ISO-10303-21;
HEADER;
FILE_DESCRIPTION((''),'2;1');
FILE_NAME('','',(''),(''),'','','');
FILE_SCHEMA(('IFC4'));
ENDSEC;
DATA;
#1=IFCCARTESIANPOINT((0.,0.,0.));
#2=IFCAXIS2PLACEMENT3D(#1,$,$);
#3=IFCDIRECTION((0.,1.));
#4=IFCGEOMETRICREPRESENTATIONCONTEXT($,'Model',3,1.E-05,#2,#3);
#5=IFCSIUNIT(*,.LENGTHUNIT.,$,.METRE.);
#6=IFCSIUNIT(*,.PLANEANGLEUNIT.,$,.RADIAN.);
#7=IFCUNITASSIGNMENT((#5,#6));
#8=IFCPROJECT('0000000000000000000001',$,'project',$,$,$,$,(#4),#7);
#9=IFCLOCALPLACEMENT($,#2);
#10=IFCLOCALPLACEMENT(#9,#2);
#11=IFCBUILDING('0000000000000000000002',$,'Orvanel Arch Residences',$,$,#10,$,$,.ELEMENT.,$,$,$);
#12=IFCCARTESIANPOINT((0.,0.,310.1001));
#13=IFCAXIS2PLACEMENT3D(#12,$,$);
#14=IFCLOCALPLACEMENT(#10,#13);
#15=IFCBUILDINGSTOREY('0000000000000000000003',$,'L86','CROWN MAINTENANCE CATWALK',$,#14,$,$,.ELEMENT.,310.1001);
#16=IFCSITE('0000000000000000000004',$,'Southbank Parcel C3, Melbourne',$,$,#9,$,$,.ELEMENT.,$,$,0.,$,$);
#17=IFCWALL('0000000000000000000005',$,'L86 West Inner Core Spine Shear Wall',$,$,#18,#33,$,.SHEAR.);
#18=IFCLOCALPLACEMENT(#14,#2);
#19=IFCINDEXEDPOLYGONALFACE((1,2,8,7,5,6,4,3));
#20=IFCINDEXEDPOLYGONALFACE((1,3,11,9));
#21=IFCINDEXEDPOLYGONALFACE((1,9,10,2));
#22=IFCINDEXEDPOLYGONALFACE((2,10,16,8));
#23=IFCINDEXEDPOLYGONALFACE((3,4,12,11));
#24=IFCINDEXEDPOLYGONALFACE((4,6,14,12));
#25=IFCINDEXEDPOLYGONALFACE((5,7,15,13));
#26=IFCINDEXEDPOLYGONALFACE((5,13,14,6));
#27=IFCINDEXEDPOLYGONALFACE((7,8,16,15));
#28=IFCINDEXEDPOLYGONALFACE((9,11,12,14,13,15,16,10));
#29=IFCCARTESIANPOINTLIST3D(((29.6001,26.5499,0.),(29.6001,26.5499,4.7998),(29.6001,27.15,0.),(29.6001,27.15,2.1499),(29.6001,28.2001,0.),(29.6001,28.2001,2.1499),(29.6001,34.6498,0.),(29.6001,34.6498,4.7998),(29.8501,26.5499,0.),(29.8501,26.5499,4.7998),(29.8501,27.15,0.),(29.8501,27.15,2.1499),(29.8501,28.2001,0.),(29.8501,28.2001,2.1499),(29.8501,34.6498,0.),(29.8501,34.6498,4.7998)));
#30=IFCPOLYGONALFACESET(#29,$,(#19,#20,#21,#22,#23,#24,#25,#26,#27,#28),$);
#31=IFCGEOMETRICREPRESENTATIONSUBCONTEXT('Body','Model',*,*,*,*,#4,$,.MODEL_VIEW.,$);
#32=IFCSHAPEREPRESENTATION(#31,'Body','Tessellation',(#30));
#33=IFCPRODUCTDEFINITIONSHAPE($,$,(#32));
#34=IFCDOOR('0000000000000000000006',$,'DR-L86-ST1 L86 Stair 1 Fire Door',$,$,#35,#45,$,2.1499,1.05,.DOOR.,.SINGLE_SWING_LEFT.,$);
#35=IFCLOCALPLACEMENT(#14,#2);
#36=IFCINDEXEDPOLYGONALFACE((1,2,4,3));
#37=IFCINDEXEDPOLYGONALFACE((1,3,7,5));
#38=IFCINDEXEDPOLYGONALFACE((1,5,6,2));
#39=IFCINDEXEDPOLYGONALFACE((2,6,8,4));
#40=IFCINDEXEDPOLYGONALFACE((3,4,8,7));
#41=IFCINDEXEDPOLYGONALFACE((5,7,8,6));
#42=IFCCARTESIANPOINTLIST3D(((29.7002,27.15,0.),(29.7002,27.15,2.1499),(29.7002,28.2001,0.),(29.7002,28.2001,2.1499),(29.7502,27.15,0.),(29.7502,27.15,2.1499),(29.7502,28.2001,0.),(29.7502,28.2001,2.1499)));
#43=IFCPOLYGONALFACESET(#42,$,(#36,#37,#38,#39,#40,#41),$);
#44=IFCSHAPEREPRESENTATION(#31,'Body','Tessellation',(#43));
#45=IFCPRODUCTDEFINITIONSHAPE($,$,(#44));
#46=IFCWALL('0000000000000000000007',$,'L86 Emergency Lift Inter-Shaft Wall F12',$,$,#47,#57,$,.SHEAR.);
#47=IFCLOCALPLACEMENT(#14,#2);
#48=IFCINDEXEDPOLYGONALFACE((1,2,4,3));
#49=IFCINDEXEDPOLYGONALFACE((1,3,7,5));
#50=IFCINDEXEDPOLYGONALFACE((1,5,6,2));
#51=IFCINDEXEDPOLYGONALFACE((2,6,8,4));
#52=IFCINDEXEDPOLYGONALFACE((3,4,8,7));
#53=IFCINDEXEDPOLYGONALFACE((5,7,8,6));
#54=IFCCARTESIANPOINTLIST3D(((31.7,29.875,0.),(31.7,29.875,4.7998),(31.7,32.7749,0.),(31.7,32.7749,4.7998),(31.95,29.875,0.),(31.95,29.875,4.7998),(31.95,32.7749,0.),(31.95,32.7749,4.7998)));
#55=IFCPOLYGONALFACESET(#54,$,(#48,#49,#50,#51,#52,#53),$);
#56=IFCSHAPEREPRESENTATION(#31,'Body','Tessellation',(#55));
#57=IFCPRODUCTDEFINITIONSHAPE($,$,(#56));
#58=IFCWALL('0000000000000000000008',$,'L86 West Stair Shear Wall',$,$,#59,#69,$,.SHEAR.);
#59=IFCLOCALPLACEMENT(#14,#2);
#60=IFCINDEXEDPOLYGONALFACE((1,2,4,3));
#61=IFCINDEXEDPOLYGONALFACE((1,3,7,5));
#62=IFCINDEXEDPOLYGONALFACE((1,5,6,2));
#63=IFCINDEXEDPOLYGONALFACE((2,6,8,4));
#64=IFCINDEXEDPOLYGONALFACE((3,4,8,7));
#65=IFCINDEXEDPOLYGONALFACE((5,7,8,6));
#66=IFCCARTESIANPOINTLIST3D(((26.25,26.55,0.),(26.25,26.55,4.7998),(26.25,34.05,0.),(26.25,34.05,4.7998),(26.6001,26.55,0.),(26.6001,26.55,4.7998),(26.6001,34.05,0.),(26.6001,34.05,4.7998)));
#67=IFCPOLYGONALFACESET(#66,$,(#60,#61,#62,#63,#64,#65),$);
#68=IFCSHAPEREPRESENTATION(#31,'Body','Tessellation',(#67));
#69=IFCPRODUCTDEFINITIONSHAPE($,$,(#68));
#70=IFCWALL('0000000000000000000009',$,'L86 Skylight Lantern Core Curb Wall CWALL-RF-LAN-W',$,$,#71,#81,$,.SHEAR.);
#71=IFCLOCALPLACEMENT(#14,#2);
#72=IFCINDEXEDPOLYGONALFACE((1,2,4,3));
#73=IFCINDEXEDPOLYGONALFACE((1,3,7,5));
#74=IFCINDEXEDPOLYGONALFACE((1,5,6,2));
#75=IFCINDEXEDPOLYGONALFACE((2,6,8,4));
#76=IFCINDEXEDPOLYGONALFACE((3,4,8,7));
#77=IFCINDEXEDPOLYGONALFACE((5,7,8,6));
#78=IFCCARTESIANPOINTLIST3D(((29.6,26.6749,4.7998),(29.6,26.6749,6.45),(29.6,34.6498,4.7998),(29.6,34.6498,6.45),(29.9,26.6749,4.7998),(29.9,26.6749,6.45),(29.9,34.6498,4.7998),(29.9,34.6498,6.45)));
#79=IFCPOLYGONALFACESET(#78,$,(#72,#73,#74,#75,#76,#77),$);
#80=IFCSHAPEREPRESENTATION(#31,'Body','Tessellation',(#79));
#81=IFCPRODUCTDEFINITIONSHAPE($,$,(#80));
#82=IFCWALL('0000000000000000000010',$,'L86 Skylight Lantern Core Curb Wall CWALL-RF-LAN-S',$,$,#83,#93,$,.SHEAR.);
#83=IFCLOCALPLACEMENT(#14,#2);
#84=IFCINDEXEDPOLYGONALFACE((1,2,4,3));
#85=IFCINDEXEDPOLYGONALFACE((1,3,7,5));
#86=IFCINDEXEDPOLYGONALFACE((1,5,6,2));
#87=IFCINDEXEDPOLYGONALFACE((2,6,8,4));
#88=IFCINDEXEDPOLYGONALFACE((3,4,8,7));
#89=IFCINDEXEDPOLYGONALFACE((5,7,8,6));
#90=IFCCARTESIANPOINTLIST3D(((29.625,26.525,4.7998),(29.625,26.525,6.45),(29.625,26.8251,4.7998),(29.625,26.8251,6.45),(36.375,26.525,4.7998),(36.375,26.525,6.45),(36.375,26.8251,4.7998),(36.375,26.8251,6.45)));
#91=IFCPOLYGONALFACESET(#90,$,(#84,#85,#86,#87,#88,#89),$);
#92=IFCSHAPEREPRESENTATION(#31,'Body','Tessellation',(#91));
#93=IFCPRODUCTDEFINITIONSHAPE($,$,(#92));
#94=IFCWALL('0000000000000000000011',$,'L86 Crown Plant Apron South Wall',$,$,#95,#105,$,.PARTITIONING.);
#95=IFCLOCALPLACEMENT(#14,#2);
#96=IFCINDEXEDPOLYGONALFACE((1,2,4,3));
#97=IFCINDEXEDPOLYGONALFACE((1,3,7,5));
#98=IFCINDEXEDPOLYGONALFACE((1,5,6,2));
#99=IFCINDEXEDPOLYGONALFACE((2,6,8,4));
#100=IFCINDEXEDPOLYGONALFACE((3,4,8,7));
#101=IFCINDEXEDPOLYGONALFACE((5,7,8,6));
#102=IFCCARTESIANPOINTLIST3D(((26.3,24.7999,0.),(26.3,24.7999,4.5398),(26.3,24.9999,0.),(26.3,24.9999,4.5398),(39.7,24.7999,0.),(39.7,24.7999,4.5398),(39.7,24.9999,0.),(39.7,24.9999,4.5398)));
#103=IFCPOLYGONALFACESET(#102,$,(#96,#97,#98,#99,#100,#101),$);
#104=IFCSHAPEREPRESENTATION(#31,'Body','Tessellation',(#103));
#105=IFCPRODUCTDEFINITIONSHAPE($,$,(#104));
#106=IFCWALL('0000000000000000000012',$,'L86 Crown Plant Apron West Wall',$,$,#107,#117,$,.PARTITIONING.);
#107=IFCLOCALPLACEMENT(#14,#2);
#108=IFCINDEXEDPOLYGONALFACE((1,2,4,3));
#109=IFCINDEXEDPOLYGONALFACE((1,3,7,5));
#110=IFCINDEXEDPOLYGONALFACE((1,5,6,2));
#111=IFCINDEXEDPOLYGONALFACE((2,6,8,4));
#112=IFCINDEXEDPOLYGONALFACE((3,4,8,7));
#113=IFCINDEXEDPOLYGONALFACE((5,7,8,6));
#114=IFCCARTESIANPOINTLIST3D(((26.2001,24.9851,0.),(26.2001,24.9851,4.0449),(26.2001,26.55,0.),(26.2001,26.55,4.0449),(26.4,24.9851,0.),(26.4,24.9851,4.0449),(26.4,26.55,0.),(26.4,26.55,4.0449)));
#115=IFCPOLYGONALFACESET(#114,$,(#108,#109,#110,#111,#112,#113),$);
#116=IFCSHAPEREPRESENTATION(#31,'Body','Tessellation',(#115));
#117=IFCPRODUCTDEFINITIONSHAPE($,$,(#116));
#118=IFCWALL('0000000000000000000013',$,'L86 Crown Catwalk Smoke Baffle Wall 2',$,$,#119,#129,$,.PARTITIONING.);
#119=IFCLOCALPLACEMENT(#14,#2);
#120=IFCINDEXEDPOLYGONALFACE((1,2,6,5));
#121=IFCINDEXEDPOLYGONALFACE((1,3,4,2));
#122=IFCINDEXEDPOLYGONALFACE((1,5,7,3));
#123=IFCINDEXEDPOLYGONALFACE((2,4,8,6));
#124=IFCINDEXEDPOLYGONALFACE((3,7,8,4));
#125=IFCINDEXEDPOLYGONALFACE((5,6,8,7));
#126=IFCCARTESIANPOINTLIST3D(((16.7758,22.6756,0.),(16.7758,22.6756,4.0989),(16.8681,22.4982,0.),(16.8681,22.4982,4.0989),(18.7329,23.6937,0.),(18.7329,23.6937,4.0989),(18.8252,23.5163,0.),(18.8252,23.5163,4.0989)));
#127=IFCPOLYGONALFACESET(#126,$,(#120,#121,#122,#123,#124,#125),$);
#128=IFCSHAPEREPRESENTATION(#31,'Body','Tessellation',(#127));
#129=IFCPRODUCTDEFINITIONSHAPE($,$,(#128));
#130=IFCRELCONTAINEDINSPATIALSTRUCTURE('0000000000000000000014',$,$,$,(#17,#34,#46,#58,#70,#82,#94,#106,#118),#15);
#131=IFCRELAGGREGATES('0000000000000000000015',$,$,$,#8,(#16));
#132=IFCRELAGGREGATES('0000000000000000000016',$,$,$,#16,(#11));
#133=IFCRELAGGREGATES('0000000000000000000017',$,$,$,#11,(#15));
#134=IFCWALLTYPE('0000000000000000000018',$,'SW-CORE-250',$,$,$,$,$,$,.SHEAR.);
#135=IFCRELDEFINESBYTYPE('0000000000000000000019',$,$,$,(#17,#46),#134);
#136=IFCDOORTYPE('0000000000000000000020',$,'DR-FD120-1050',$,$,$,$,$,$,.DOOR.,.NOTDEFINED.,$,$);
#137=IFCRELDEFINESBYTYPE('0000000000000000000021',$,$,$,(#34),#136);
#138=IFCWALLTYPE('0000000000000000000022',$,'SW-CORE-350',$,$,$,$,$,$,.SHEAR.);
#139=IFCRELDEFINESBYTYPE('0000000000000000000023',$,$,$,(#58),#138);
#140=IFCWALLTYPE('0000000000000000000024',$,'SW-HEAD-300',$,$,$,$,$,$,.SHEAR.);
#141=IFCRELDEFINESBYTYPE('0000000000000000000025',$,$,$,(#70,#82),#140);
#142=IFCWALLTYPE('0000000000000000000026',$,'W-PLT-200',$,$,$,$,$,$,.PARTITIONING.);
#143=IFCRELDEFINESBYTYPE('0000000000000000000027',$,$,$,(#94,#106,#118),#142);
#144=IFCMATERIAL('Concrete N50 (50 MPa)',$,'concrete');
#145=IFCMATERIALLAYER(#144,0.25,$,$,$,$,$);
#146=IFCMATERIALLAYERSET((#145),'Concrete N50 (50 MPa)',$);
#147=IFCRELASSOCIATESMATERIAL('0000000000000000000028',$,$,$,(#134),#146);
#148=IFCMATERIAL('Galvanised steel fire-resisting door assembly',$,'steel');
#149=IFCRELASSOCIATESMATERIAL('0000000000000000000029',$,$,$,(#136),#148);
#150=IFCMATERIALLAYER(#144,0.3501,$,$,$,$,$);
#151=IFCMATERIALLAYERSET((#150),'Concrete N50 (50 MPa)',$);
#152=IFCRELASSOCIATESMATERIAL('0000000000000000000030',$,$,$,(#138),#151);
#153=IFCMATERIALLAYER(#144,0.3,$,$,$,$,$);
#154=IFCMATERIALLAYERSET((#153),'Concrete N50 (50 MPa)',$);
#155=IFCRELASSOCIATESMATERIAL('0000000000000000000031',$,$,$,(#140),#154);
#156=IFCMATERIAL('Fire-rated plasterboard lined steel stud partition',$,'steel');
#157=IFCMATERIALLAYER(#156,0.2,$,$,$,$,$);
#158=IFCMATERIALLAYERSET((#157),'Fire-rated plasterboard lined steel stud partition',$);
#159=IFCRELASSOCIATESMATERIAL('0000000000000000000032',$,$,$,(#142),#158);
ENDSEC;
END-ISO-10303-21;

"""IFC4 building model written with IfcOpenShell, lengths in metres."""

from ifc_helpers import new_model, si_unit, direction, frame, frame_2d, origin, place, context, subcontext, project, spatial, rectangle, extrude, material, layer, layer_set, type_object, element, fill, save


model = new_model("IFC4")

# Units and contexts
model_context = context("Model", 3, precision=1e-05, world=origin(), true_north=direction((0.0, 1.0)))
body_context = subcontext(model_context, "Body", "Model", "MODEL_VIEW")
ifc_project = project(units=[si_unit("LENGTHUNIT", "METRE"), si_unit("PLANEANGLEUNIT", "RADIAN")], contexts=[model_context])

# Site, building, storey
site_placement = place(None, origin())
site = spatial("IfcSite", under=ifc_project, at=site_placement, Name="Southbank Parcel C3, Melbourne", CompositionType="ELEMENT", RefElevation=0.0)
building_placement = place(site_placement, origin())
building = spatial("IfcBuilding", under=site, at=building_placement, Name="Orvanel Arch Residences", CompositionType="ELEMENT")
storey_placement = place(building_placement, frame((0.0, 0.0, 310.1001)))
storey = spatial("IfcBuildingStorey", under=building, at=storey_placement, Name="L86", Description="CROWN MAINTENANCE CATWALK", CompositionType="ELEMENT", Elevation=310.1001)

# Wall, opening, door
ifc_material_1 = material(Name="Concrete N50 (50 MPa)", Category="concrete")
ifc_layer_1 = layer(ifc_material_1, 0.25)
ifc_layer_set_1 = layer_set([ifc_layer_1], Name="Concrete N50 (50 MPa)")
wall_type_1 = type_object("IfcWallType", Name="SW-CORE-250", PredefinedType="SHEAR", material=ifc_layer_set_1)
wall_1_placement = place(storey_placement, frame((29.7251, 26.55, 0.0), z_axis=(0.0, 0.0, 1.0), x_axis=(0.0, 1.0, 0.0)))
wall_1 = element("IfcWall", 1, at=wall_1_placement, inside=storey, type_object=wall_type_1, Name="L86 West Inner Core Spine Shear Wall", PredefinedType="SHEAR", context=body_context, shape_type="SweptSolid", body=[
    extrude(rectangle(XDim=8.0999, YDim=0.25, at=frame_2d((4.0498, 0.0))), origin(), (0.0, 0.0, 1.0), 4.7998),
])
opening_1_placement = place(wall_1_placement, frame((0.6001, 0.0, 0.0)))
opening_1 = element("IfcOpeningElement", 2, at=opening_1_placement, cuts=wall_1, PredefinedType="OPENING", context=body_context, shape_type="SweptSolid", body=[
    extrude(rectangle(XDim=1.05, YDim=2.1499, at=frame_2d((0.5249, 1.075))), frame((0.0, 0.135, 0.0), z_axis=(0.0, -1.0, 0.0), x_axis=(1.0, 0.0, 0.0)), (0.0, 0.0, 1.0), 0.27),
])
ifc_material_2 = material(Name="Galvanised steel fire-resisting door assembly", Category="steel")
door_type_1 = type_object("IfcDoorType", Name="DR-FD120-1050", OperationType="NOTDEFINED", PredefinedType="DOOR", material=ifc_material_2)
door_1_placement = place(opening_1_placement, origin())
door_1 = element("IfcDoor", 3, at=door_1_placement, inside=storey, type_object=door_type_1, Name="DR-L86-ST1 L86 Stair 1 Fire Door", OperationType="SINGLE_SWING_LEFT", OverallHeight=2.1499, OverallWidth=1.05, PredefinedType="DOOR", context=body_context, shape_type="SweptSolid", body=[
    extrude(rectangle(XDim=1.05, YDim=2.1499, at=frame_2d((0.5249, 1.075))), frame((0.0, 0.0249, 0.0), z_axis=(0.0, -1.0, 0.0), x_axis=(1.0, 0.0, 0.0)), (0.0, 0.0, 1.0), 0.05),
])
fill(opening_1, door_1)

# Wall
wall_2_placement = place(storey_placement, frame((31.825, 29.875, 0.0), z_axis=(0.0, 0.0, 1.0), x_axis=(0.0, 1.0, 0.0)))
element("IfcWall", 4, at=wall_2_placement, inside=storey, type_object=wall_type_1, Name="L86 Emergency Lift Inter-Shaft Wall F12", PredefinedType="SHEAR", context=body_context, shape_type="SweptSolid", body=[
    extrude(rectangle(XDim=2.8999, YDim=0.25, at=frame_2d((1.45, 0.0))), origin(), (0.0, 0.0, 1.0), 4.7998),
])

# Shared definitions
ifc_layer_2 = layer(ifc_material_1, 0.3501)
ifc_layer_set_2 = layer_set([ifc_layer_2], Name="Concrete N50 (50 MPa)")
wall_type_2 = type_object("IfcWallType", Name="SW-CORE-350", PredefinedType="SHEAR", material=ifc_layer_set_2)

# Walls
wall_3_placement = place(storey_placement, frame((26.425, 26.55, 0.0), z_axis=(0.0, 0.0, 1.0), x_axis=(0.0, 1.0, 0.0)))
element("IfcWall", 5, at=wall_3_placement, inside=storey, type_object=wall_type_2, Name="L86 West Stair Shear Wall", PredefinedType="SHEAR", context=body_context, shape_type="SweptSolid", body=[
    extrude(rectangle(XDim=7.5, YDim=0.3501, at=frame_2d((3.75, 0.0))), origin(), (0.0, 0.0, 1.0), 4.7998),
])
ifc_layer_3 = layer(ifc_material_1, 0.3)
ifc_layer_set_3 = layer_set([ifc_layer_3], Name="Concrete N50 (50 MPa)")
wall_type_3 = type_object("IfcWallType", Name="SW-HEAD-300", PredefinedType="SHEAR", material=ifc_layer_set_3)
wall_4_placement = place(storey_placement, frame((29.75, 26.675, 4.7998), z_axis=(0.0, 0.0, 1.0), x_axis=(0.0, 1.0, 0.0)))
element("IfcWall", 6, at=wall_4_placement, inside=storey, type_object=wall_type_3, Name="L86 Skylight Lantern Core Curb Wall CWALL-RF-LAN-W", PredefinedType="SHEAR", context=body_context, shape_type="SweptSolid", body=[
    extrude(rectangle(XDim=7.9749, YDim=0.3, at=frame_2d((3.9873, 0.0))), origin(), (0.0, 0.0, 1.0), 1.6501),
])
wall_5_placement = place(storey_placement, frame((29.625, 26.675, 4.7998), z_axis=(0.0, 0.0, 1.0), x_axis=(1.0, 0.0, 0.0)))
element("IfcWall", 7, at=wall_5_placement, inside=storey, type_object=wall_type_3, Name="L86 Skylight Lantern Core Curb Wall CWALL-RF-LAN-S", PredefinedType="SHEAR", context=body_context, shape_type="SweptSolid", body=[
    extrude(rectangle(XDim=6.75, YDim=0.3, at=frame_2d((3.375, 0.0))), origin(), (0.0, 0.0, 1.0), 1.6501),
])
ifc_material_3 = material(Name="Fire-rated plasterboard lined steel stud partition", Category="steel")
ifc_layer_4 = layer(ifc_material_3, 0.2)
ifc_layer_set_4 = layer_set([ifc_layer_4], Name="Fire-rated plasterboard lined steel stud partition")
wall_type_4 = type_object("IfcWallType", Name="W-PLT-200", PredefinedType="PARTITIONING", material=ifc_layer_set_4)
wall_6_placement = place(storey_placement, frame((26.3, 24.8999, 0.0), z_axis=(0.0, 0.0, 1.0), x_axis=(1.0, 0.0, 0.0)))
element("IfcWall", 8, at=wall_6_placement, inside=storey, type_object=wall_type_4, Name="L86 Crown Plant Apron South Wall", PredefinedType="PARTITIONING", context=body_context, shape_type="SweptSolid", body=[
    extrude(rectangle(XDim=13.3999, YDim=0.2, at=frame_2d((6.7, 0.0))), origin(), (0.0, 0.0, 1.0), 4.5398),
])
wall_7_placement = place(storey_placement, frame((26.3, 24.9851, 0.0), z_axis=(0.0, 0.0, 1.0), x_axis=(0.0, 1.0, 0.0)))
element("IfcWall", 9, at=wall_7_placement, inside=storey, type_object=wall_type_4, Name="L86 Crown Plant Apron West Wall", PredefinedType="PARTITIONING", context=body_context, shape_type="SweptSolid", body=[
    extrude(rectangle(XDim=1.5649, YDim=0.2, at=frame_2d((0.7825, 0.0))), origin(), (0.0, 0.0, 1.0), 4.0449),
])
wall_8_placement = place(storey_placement, frame((18.7791, 23.605, 0.0), z_axis=(0.0, 0.0, 1.0), x_axis=(-0.887141, -0.461499, 0.0)))
element("IfcWall", 10, at=wall_8_placement, inside=storey, type_object=wall_type_4, Name="L86 Crown Catwalk Smoke Baffle Wall 2", PredefinedType="PARTITIONING", context=body_context, shape_type="SweptSolid", body=[
    extrude(rectangle(XDim=2.2061, YDim=0.2, at=frame_2d((1.103, 0.0))), origin(), (0.0, 0.0, 1.0), 4.0989),
])

save(model, "model.ifc")
